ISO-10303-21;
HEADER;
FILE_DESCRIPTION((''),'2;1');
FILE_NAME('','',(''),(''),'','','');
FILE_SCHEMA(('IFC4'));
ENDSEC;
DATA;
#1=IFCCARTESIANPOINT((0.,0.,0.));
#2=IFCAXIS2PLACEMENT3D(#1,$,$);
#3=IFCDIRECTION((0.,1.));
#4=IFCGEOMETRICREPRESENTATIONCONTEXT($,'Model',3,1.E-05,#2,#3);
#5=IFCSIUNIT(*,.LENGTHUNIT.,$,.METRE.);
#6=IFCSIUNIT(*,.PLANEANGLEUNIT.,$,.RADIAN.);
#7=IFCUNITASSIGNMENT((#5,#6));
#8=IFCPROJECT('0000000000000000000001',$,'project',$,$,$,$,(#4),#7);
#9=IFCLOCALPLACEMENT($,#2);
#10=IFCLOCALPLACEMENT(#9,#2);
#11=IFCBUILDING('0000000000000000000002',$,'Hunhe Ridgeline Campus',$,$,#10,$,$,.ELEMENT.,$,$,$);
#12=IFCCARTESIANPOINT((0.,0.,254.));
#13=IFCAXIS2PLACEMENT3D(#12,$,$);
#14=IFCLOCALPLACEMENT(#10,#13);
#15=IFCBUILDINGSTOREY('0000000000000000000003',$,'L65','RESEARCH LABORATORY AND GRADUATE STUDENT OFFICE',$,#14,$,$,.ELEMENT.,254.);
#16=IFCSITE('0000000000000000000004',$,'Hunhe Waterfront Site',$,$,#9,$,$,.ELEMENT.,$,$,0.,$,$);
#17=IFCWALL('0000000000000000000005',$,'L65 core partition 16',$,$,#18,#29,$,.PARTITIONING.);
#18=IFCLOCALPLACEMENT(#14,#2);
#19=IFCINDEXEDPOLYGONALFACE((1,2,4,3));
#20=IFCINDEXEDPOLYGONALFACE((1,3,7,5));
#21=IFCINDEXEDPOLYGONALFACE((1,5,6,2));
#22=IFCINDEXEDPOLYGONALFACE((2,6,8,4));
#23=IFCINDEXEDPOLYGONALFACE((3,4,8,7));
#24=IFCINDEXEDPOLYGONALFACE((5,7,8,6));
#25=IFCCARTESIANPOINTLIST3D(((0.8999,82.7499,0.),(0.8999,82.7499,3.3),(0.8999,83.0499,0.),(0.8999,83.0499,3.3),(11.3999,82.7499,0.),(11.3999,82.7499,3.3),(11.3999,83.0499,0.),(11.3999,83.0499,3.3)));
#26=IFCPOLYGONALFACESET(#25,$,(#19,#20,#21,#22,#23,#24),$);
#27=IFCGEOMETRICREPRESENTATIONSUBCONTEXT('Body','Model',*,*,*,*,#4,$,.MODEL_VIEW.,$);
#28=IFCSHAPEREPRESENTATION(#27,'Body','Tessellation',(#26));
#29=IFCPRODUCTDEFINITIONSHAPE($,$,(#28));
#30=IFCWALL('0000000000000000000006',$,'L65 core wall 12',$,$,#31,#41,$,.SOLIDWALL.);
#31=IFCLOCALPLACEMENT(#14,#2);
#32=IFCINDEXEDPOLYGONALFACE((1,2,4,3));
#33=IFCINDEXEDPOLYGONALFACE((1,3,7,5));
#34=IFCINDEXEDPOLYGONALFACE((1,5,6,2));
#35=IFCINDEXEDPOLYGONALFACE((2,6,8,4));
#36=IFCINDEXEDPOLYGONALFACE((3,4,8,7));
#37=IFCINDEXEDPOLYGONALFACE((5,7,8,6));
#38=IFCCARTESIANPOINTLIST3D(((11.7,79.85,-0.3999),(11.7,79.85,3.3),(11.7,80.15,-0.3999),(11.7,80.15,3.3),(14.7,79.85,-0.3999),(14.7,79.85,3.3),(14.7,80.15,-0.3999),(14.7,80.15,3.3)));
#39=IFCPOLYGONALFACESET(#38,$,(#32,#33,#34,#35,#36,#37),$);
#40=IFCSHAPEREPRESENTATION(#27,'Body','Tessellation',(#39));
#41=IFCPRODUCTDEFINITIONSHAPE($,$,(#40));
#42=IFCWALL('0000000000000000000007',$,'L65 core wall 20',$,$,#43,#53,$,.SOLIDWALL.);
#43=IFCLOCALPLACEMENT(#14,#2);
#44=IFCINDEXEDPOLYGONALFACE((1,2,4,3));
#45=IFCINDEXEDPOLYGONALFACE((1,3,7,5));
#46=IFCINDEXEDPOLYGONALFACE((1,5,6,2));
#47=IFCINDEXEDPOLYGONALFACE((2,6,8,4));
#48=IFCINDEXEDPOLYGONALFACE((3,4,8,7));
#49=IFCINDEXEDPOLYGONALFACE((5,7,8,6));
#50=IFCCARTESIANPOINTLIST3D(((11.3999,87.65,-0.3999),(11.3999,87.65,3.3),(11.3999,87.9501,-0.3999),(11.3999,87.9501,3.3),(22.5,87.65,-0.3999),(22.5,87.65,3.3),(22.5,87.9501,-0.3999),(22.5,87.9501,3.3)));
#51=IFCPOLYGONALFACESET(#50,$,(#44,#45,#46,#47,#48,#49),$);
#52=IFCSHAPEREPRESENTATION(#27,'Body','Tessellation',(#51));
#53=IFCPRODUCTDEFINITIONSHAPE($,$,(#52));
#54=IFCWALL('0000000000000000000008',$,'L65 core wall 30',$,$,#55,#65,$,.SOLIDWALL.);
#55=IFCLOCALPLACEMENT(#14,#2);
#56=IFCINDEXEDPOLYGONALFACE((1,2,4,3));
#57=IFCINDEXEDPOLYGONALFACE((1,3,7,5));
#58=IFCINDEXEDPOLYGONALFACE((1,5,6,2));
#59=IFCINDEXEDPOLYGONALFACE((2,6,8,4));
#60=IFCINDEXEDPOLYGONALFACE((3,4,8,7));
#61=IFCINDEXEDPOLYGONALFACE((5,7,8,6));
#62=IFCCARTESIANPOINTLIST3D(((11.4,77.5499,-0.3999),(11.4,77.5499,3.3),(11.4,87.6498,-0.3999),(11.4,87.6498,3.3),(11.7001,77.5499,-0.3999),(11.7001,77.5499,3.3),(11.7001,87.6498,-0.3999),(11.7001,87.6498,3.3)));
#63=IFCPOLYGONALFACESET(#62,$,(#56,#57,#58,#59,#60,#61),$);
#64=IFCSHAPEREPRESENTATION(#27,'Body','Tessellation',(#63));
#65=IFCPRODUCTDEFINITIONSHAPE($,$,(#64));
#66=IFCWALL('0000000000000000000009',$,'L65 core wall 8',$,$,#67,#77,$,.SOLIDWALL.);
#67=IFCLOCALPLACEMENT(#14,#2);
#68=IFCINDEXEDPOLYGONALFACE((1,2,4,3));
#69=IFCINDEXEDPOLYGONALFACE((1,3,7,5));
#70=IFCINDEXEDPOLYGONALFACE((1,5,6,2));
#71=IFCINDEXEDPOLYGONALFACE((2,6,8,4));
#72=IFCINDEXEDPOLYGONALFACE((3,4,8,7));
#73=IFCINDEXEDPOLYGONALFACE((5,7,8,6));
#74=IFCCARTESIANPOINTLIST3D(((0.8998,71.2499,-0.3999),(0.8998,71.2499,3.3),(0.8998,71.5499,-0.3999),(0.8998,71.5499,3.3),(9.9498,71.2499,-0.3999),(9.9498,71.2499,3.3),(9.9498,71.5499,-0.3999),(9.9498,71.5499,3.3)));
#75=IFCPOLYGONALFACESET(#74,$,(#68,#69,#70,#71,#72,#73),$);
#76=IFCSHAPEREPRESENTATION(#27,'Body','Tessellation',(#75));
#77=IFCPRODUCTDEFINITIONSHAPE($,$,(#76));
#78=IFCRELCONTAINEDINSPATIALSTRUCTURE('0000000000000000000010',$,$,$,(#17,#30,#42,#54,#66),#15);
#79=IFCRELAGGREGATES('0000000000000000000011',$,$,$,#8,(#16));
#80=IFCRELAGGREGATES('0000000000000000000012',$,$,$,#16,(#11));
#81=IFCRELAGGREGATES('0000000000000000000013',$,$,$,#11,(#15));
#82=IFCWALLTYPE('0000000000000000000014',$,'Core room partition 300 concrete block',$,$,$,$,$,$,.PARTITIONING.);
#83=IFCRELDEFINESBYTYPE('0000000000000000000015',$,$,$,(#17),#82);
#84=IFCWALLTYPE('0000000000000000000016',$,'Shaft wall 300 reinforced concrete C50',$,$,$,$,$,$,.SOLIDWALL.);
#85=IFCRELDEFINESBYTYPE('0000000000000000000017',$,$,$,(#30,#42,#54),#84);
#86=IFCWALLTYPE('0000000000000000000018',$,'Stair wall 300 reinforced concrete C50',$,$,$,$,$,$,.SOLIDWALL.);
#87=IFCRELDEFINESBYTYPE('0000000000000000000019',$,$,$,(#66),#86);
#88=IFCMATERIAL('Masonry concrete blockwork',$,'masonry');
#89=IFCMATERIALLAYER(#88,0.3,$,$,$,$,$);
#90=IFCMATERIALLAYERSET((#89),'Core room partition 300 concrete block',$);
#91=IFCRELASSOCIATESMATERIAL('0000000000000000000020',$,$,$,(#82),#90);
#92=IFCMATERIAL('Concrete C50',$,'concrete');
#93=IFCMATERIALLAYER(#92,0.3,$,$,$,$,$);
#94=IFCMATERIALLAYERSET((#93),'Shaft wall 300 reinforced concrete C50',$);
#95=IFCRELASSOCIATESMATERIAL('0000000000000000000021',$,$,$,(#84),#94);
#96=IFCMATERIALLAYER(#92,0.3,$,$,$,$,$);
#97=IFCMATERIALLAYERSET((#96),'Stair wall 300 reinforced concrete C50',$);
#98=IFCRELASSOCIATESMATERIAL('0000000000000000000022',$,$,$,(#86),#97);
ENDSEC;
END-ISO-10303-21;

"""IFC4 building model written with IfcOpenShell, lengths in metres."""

from ifc_helpers import new_model, si_unit, direction, frame, frame_2d, origin, place, context, subcontext, project, spatial, rectangle, extrude, material, layer, layer_set, type_object, element, save


model = new_model("IFC4")

# Units and contexts
model_context = context("Model", 3, precision=1e-05, world=origin(), true_north=direction((0.0, 1.0)))
body_context = subcontext(model_context, "Body", "Model", "MODEL_VIEW")
ifc_project = project(units=[si_unit("LENGTHUNIT", "METRE"), si_unit("PLANEANGLEUNIT", "RADIAN")], contexts=[model_context])

# Site, building, storey
site_placement = place(None, origin())
site = spatial("IfcSite", under=ifc_project, at=site_placement, Name="Hunhe Waterfront Site", CompositionType="ELEMENT", RefElevation=0.0)
building_placement = place(site_placement, origin())
building = spatial("IfcBuilding", under=site, at=building_placement, Name="Hunhe Ridgeline Campus", CompositionType="ELEMENT")
storey_placement = place(building_placement, frame((0.0, 0.0, 254.0)))
storey = spatial("IfcBuildingStorey", under=building, at=storey_placement, Name="L65", Description="RESEARCH LABORATORY AND GRADUATE STUDENT OFFICE", CompositionType="ELEMENT", Elevation=254.0)

# Shared definitions
ifc_material_1 = material(Name="Masonry concrete blockwork", Category="masonry")
ifc_layer_1 = layer(ifc_material_1, 0.3)
ifc_layer_set_1 = layer_set([ifc_layer_1], Name="Core room partition 300 concrete block")
wall_type_1 = type_object("IfcWallType", Name="Core room partition 300 concrete block", PredefinedType="PARTITIONING", material=ifc_layer_set_1)

# Wall
wall_1_placement = place(storey_placement, frame((0.8999, 82.8999, 0.0), z_axis=(0.0, 0.0, 1.0), x_axis=(1.0, 0.0, 0.0)))
element("IfcWall", 1, at=wall_1_placement, inside=storey, type_object=wall_type_1, Name="L65 core partition 16", PredefinedType="PARTITIONING", context=body_context, shape_type="SweptSolid", body=[
    extrude(rectangle(XDim=10.5, YDim=0.3, at=frame_2d((5.25, 0.0))), origin(), (0.0, 0.0, 1.0), 3.3),
])

# Shared definitions
ifc_material_2 = material(Name="Concrete C50", Category="concrete")
ifc_layer_2 = layer(ifc_material_2, 0.3)
ifc_layer_set_2 = layer_set([ifc_layer_2], Name="Shaft wall 300 reinforced concrete C50")
wall_type_2 = type_object("IfcWallType", Name="Shaft wall 300 reinforced concrete C50", PredefinedType="SOLIDWALL", material=ifc_layer_set_2)

# Walls
wall_2_placement = place(storey_placement, frame((11.7, 80.0, -0.3999), z_axis=(0.0, 0.0, 1.0), x_axis=(1.0, 0.0, 0.0)))
element("IfcWall", 2, at=wall_2_placement, inside=storey, type_object=wall_type_2, Name="L65 core wall 12", PredefinedType="SOLIDWALL", context=body_context, shape_type="SweptSolid", body=[
    extrude(rectangle(XDim=3.0, YDim=0.3, at=frame_2d((1.5, 0.0))), origin(), (0.0, 0.0, 1.0), 3.7),
])
wall_3_placement = place(storey_placement, frame((11.3999, 87.8, -0.3999), z_axis=(0.0, 0.0, 1.0), x_axis=(1.0, 0.0, 0.0)))
element("IfcWall", 3, at=wall_3_placement, inside=storey, type_object=wall_type_2, Name="L65 core wall 20", PredefinedType="SOLIDWALL", context=body_context, shape_type="SweptSolid", body=[
    extrude(rectangle(XDim=11.1001, YDim=0.3, at=frame_2d((5.55, 0.0))), origin(), (0.0, 0.0, 1.0), 3.7),
])
wall_4_placement = place(storey_placement, frame((11.55, 77.55, -0.3999), z_axis=(0.0, 0.0, 1.0), x_axis=(0.0, 1.0, 0.0)))
element("IfcWall", 4, at=wall_4_placement, inside=storey, type_object=wall_type_2, Name="L65 core wall 30", PredefinedType="SOLIDWALL", context=body_context, shape_type="SweptSolid", body=[
    extrude(rectangle(XDim=10.0999, YDim=0.3, at=frame_2d((5.0498, 0.0))), origin(), (0.0, 0.0, 1.0), 3.7),
])
ifc_layer_3 = layer(ifc_material_2, 0.3)
ifc_layer_set_3 = layer_set([ifc_layer_3], Name="Stair wall 300 reinforced concrete C50")
wall_type_3 = type_object("IfcWallType", Name="Stair wall 300 reinforced concrete C50", PredefinedType="SOLIDWALL", material=ifc_layer_set_3)
wall_5_placement = place(storey_placement, frame((0.8999, 71.3999, -0.3999), z_axis=(0.0, 0.0, 1.0), x_axis=(1.0, 0.0, 0.0)))
element("IfcWall", 5, at=wall_5_placement, inside=storey, type_object=wall_type_3, Name="L65 core wall 8", PredefinedType="SOLIDWALL", context=body_context, shape_type="SweptSolid", body=[
    extrude(rectangle(XDim=9.05, YDim=0.3, at=frame_2d((4.5249, 0.0))), origin(), (0.0, 0.0, 1.0), 3.7),
])

save(model, "model.ifc")
